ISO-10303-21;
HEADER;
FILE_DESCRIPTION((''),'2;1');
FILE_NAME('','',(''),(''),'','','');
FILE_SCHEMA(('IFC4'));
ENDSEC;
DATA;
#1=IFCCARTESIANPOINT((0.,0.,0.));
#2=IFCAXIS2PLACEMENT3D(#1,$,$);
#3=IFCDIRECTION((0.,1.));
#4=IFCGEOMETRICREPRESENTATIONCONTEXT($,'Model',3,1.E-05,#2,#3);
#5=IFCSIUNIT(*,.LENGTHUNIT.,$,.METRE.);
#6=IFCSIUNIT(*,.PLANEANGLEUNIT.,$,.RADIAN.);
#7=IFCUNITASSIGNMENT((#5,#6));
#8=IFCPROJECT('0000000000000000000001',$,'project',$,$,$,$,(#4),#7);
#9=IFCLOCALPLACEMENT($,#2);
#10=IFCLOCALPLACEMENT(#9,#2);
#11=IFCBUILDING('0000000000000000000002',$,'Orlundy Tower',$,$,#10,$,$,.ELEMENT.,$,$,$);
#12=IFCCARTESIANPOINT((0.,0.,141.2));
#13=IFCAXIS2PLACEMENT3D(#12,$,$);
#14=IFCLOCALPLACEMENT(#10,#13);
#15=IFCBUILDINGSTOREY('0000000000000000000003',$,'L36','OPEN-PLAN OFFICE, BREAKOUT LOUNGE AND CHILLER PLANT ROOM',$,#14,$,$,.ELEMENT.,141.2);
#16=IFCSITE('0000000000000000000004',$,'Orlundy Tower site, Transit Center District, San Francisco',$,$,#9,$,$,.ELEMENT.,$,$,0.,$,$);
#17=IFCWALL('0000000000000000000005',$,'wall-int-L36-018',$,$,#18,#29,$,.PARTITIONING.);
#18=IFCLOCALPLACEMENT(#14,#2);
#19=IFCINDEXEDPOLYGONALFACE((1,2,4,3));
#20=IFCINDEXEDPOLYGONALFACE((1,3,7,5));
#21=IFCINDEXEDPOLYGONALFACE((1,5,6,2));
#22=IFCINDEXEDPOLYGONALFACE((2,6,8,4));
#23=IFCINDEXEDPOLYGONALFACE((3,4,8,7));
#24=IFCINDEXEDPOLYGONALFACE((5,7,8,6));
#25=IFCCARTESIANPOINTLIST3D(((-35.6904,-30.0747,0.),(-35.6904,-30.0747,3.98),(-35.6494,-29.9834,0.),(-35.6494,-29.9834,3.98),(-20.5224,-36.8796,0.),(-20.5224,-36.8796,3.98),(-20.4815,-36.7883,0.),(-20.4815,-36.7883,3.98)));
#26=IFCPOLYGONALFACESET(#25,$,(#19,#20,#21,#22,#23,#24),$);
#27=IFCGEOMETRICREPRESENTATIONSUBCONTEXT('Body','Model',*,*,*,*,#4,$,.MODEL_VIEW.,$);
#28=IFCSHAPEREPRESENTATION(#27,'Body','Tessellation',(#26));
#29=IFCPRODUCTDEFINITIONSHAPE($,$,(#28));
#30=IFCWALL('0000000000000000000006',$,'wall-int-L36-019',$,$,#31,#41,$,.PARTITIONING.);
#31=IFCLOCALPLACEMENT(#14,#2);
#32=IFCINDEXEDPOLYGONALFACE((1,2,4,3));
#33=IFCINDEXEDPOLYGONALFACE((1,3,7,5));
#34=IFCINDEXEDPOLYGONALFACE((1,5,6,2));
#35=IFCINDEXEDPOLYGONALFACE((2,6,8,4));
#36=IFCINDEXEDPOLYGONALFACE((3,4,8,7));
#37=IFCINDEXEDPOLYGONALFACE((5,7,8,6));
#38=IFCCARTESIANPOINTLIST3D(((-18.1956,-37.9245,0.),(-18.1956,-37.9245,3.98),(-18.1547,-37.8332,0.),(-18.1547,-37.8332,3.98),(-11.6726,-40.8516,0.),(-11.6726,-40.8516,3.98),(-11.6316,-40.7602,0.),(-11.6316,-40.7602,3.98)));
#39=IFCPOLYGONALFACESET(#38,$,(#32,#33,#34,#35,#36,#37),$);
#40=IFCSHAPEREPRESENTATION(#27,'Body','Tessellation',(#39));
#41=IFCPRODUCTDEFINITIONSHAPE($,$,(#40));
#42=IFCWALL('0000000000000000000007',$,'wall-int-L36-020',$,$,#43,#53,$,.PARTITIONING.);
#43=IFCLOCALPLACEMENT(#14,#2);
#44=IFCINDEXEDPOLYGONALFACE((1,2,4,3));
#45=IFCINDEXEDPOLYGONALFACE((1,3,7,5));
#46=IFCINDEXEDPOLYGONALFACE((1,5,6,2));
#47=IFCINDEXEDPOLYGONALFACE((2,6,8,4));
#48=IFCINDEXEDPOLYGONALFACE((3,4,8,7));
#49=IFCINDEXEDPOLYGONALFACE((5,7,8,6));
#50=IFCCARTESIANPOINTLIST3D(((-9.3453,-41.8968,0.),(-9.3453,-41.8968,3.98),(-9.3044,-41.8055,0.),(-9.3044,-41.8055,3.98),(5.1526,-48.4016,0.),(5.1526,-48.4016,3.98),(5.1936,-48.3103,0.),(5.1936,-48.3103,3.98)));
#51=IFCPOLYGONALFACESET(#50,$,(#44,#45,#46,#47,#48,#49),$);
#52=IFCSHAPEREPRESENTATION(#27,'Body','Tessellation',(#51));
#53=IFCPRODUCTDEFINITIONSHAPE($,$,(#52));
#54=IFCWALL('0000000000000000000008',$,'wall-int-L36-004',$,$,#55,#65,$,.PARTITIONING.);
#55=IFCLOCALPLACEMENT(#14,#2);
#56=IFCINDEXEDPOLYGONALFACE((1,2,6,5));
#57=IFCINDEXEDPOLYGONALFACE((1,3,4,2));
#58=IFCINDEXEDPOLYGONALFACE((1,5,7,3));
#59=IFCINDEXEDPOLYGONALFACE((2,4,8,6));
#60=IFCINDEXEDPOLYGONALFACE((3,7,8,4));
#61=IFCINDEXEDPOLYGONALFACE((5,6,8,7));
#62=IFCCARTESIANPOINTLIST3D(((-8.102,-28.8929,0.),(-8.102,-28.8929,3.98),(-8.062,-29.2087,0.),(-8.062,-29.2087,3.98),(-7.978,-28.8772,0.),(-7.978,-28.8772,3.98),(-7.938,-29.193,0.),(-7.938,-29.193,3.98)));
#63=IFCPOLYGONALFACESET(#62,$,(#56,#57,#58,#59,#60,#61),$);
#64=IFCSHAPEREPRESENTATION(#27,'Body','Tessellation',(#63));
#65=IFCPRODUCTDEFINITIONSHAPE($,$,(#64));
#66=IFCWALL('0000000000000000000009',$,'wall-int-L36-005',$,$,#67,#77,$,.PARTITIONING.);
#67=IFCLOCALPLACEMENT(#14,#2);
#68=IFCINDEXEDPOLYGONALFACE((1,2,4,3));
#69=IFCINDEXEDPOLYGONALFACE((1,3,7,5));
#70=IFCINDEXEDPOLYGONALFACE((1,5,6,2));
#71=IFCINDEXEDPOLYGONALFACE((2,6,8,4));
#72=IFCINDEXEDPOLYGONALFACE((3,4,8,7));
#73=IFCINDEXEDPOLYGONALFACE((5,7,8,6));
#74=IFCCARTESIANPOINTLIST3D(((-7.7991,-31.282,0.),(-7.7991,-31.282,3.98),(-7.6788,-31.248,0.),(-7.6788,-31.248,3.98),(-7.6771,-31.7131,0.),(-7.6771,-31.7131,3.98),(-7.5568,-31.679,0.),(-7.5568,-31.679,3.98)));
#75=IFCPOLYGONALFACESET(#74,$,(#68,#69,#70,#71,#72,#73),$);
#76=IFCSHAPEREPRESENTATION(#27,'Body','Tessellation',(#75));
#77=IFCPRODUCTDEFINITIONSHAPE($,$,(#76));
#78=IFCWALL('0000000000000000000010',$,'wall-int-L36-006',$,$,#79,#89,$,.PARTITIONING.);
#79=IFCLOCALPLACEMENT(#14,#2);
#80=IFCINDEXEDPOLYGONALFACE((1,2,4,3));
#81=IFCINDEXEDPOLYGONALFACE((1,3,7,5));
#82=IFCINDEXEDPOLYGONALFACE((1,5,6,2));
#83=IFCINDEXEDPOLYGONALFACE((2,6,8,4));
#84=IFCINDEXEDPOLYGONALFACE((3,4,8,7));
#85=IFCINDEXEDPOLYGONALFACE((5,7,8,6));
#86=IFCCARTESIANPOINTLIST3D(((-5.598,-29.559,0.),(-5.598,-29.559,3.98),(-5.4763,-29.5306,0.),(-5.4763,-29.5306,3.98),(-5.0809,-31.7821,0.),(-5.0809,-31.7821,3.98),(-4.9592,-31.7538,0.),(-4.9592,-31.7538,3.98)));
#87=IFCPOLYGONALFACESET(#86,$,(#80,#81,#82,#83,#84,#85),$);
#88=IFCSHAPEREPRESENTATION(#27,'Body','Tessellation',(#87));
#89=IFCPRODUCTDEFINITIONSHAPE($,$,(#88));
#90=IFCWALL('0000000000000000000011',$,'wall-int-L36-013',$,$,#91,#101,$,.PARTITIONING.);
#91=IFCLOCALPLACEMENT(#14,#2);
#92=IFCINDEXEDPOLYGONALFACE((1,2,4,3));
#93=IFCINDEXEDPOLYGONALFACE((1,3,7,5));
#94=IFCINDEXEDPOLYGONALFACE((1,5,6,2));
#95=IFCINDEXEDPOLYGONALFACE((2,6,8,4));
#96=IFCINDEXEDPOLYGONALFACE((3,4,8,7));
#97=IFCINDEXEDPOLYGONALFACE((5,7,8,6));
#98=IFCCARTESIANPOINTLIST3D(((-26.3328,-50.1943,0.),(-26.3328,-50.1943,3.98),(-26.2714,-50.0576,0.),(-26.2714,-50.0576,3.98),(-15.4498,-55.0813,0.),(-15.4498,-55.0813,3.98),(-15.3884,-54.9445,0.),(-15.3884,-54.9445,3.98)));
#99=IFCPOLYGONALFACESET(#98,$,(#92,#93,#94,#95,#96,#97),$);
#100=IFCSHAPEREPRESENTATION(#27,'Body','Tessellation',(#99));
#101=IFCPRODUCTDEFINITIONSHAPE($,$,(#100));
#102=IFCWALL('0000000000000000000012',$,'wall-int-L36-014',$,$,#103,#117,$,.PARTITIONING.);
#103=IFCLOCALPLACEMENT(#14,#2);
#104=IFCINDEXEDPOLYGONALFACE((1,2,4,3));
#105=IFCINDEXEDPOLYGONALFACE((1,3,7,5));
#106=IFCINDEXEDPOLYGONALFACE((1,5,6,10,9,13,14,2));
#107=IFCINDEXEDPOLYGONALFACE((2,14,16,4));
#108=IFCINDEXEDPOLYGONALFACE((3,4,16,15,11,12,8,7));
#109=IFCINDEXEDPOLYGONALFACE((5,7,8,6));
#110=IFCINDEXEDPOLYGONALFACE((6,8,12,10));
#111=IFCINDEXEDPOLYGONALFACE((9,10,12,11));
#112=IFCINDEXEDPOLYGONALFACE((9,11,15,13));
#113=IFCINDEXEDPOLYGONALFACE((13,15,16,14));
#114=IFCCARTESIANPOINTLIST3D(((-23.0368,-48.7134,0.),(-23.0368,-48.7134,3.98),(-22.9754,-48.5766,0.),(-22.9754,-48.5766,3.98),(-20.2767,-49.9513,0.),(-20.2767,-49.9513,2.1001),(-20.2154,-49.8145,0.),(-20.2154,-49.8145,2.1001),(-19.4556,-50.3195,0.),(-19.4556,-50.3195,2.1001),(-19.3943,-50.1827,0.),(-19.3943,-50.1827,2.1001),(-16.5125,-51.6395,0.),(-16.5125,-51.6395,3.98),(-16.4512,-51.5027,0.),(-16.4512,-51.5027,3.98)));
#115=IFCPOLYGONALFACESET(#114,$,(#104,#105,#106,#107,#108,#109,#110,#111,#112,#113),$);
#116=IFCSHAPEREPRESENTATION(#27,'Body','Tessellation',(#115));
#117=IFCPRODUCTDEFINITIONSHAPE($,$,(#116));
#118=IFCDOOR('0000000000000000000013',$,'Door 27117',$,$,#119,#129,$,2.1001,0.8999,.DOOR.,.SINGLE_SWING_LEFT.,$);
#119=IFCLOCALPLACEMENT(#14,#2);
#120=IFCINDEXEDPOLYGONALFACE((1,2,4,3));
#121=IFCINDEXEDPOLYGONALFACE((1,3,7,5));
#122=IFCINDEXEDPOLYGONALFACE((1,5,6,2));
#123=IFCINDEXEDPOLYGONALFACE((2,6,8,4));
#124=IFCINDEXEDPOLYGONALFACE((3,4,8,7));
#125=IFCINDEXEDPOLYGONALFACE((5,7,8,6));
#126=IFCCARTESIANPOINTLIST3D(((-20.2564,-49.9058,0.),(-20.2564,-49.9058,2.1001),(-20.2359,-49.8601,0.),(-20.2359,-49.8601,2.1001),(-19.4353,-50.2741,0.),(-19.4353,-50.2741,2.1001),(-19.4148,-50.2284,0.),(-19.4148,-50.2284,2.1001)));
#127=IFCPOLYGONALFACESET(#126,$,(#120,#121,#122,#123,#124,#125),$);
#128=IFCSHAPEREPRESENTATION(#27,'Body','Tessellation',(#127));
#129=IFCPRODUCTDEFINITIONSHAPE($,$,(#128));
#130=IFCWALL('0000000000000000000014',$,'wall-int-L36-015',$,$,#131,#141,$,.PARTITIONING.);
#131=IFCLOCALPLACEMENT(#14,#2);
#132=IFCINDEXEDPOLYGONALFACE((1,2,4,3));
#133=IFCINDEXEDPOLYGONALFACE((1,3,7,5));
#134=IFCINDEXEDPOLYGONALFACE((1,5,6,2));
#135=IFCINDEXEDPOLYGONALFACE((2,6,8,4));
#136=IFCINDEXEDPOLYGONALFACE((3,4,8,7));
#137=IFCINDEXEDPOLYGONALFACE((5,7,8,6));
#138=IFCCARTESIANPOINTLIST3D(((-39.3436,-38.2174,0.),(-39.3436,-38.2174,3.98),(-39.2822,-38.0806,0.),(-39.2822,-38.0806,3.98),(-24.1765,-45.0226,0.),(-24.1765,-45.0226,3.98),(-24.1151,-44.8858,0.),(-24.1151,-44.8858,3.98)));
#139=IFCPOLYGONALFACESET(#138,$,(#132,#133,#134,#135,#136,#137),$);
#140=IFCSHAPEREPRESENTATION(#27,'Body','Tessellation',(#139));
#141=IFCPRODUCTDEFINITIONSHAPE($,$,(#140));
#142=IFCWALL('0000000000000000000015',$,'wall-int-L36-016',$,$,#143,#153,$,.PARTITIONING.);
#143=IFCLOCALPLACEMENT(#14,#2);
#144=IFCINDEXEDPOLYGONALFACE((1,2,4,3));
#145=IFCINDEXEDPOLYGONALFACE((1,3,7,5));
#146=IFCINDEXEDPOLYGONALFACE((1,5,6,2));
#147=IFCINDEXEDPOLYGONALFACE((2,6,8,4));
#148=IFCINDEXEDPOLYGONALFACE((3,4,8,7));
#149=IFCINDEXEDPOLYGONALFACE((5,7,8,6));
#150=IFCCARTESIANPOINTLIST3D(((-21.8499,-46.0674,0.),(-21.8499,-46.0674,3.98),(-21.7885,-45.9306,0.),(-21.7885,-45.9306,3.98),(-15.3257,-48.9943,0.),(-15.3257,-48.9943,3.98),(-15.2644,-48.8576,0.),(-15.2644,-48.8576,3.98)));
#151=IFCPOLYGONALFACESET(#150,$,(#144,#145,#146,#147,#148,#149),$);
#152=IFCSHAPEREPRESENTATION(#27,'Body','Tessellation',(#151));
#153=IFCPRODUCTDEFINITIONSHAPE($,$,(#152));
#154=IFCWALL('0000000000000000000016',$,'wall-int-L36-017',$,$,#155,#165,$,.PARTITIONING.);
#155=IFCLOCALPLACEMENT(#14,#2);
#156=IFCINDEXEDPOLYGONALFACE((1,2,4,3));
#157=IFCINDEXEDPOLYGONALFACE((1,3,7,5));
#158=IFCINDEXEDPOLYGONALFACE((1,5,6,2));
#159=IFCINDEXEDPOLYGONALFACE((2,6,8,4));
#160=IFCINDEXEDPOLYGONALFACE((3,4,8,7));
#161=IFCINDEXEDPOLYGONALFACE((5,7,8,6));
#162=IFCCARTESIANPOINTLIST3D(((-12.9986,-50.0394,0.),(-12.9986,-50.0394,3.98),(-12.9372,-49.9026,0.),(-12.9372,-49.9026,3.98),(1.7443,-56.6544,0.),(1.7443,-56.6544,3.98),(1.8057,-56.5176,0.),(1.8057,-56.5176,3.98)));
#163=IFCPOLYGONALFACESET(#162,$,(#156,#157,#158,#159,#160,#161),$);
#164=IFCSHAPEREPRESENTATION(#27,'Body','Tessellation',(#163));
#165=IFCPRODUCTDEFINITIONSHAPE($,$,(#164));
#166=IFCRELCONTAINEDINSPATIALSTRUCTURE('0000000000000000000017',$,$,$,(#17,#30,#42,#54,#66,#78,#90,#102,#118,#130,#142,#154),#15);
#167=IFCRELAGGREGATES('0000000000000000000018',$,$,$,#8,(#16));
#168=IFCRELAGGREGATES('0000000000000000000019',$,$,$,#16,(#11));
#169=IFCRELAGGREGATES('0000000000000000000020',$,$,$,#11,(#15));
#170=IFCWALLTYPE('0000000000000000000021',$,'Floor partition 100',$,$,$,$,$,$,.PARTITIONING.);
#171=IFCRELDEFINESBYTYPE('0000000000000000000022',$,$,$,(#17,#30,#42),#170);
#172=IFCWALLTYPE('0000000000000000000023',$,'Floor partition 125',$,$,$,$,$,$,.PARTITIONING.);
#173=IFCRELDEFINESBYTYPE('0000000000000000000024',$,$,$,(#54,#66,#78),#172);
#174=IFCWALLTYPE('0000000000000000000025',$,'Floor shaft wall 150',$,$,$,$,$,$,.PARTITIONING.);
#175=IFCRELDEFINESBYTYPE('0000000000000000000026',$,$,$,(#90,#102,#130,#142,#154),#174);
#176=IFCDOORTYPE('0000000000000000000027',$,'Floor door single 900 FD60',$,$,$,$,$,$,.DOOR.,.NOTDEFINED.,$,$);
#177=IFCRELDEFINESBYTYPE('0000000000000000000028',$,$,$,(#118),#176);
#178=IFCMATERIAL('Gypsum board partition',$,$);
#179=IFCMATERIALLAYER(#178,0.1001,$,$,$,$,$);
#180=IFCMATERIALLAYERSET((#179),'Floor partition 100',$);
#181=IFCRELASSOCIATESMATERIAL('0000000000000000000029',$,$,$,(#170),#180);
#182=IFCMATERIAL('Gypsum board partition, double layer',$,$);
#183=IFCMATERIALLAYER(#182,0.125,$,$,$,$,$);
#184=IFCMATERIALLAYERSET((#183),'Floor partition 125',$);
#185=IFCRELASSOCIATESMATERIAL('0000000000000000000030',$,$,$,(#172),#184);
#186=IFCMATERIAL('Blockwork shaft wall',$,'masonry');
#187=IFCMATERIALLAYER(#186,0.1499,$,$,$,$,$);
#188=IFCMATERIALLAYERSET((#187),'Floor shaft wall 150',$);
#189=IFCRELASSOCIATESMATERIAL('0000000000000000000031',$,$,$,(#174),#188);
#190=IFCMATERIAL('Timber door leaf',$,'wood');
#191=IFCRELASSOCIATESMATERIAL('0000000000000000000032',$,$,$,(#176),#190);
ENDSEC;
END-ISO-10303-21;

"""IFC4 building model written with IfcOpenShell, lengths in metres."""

from ifc_helpers import new_model, si_unit, direction, frame, frame_2d, origin, place, context, subcontext, project, spatial, rectangle, extrude, material, layer, layer_set, type_object, element, fill, save


model = new_model("IFC4")

# Units and contexts
model_context = context("Model", 3, precision=1e-05, world=origin(), true_north=direction((0.0, 1.0)))
body_context = subcontext(model_context, "Body", "Model", "MODEL_VIEW")
ifc_project = project(units=[si_unit("LENGTHUNIT", "METRE"), si_unit("PLANEANGLEUNIT", "RADIAN")], contexts=[model_context])

# Site, building, storey
site_placement = place(None, origin())
site = spatial("IfcSite", under=ifc_project, at=site_placement, Name="Orlundy Tower site, Transit Center District, San Francisco", CompositionType="ELEMENT", RefElevation=0.0)
building_placement = place(site_placement, origin())
building = spatial("IfcBuilding", under=site, at=building_placement, Name="Orlundy Tower", CompositionType="ELEMENT")
storey_placement = place(building_placement, frame((0.0, 0.0, 141.2)))
storey = spatial("IfcBuildingStorey", under=building, at=storey_placement, Name="L36", Description="OPEN-PLAN OFFICE, BREAKOUT LOUNGE AND CHILLER PLANT ROOM", CompositionType="ELEMENT", Elevation=141.2)

# Walls
ifc_material_1 = material(Name="Gypsum board partition")
ifc_layer_1 = layer(ifc_material_1, 0.1001)
ifc_layer_set_1 = layer_set([ifc_layer_1], Name="Floor partition 100")
wall_type_1 = type_object("IfcWallType", Name="Floor partition 100", PredefinedType="PARTITIONING", material=ifc_layer_set_1)
wall_1_placement = place(storey_placement, frame((-35.6699, -30.0291, 0.0), z_axis=(0.0, 0.0, 1.0), x_axis=(0.912386, -0.409331, 0.0)))
element("IfcWall", 1, at=wall_1_placement, inside=storey, type_object=wall_type_1, Name="wall-int-L36-018", PredefinedType="PARTITIONING", context=body_context, shape_type="SweptSolid", body=[
    extrude(rectangle(XDim=16.6245, YDim=0.1001, at=frame_2d((8.3123, 0.0))), origin(), (0.0, 0.0, 1.0), 3.98),
])
wall_2_placement = place(storey_placement, frame((-18.175, -37.8789, 0.0), z_axis=(0.0, 0.0, 1.0), x_axis=(0.912357, -0.409396, 0.0)))
element("IfcWall", 2, at=wall_2_placement, inside=storey, type_object=wall_type_1, Name="wall-int-L36-019", PredefinedType="PARTITIONING", context=body_context, shape_type="SweptSolid", body=[
    extrude(rectangle(XDim=7.1497, YDim=0.1001, at=frame_2d((3.5747, 0.0))), origin(), (0.0, 0.0, 1.0), 3.98),
])
wall_3_placement = place(storey_placement, frame((-9.325, -41.8511, 0.0), z_axis=(0.0, 0.0, 1.0), x_axis=(0.912374, -0.409358, 0.0)))
element("IfcWall", 3, at=wall_3_placement, inside=storey, type_object=wall_type_1, Name="wall-int-L36-020", PredefinedType="PARTITIONING", context=body_context, shape_type="SweptSolid", body=[
    extrude(rectangle(XDim=15.8904, YDim=0.1001, at=frame_2d((7.9453, 0.0))), origin(), (0.0, 0.0, 1.0), 3.98),
])
ifc_material_2 = material(Name="Gypsum board partition, double layer")
ifc_layer_2 = layer(ifc_material_2, 0.125)
ifc_layer_set_2 = layer_set([ifc_layer_2], Name="Floor partition 125")
wall_type_2 = type_object("IfcWallType", Name="Floor partition 125", PredefinedType="PARTITIONING", material=ifc_layer_set_2)
wall_4_placement = place(storey_placement, frame((-8.04, -28.885, 0.0), z_axis=(0.0, 0.0, 1.0), x_axis=(0.125733, -0.992064, 0.0)))
element("IfcWall", 4, at=wall_4_placement, inside=storey, type_object=wall_type_2, Name="wall-int-L36-004", PredefinedType="PARTITIONING", context=body_context, shape_type="SweptSolid", body=[
    extrude(rectangle(XDim=0.3184, YDim=0.125, at=frame_2d((0.1592, 0.0))), origin(), (0.0, 0.0, 1.0), 3.98),
])
wall_5_placement = place(storey_placement, frame((-7.739, -31.2649, 0.0), z_axis=(0.0, 0.0, 1.0), x_axis=(0.272418, -0.962179, 0.0)))
element("IfcWall", 5, at=wall_5_placement, inside=storey, type_object=wall_type_2, Name="wall-int-L36-005", PredefinedType="PARTITIONING", context=body_context, shape_type="SweptSolid", body=[
    extrude(rectangle(XDim=0.448, YDim=0.125, at=frame_2d((0.2241, 0.0))), origin(), (0.0, 0.0, 1.0), 3.98),
])
wall_6_placement = place(storey_placement, frame((-5.5371, -29.5449, 0.0), z_axis=(0.0, 0.0, 1.0), x_axis=(0.226547, -0.974, 0.0)))
element("IfcWall", 6, at=wall_6_placement, inside=storey, type_object=wall_type_2, Name="wall-int-L36-006", PredefinedType="PARTITIONING", context=body_context, shape_type="SweptSolid", body=[
    extrude(rectangle(XDim=2.2825, YDim=0.125, at=frame_2d((1.1411, 0.0))), origin(), (0.0, 0.0, 1.0), 3.98),
])
ifc_material_3 = material(Name="Blockwork shaft wall", Category="masonry")
ifc_layer_3 = layer(ifc_material_3, 0.1499)
ifc_layer_set_3 = layer_set([ifc_layer_3], Name="Floor shaft wall 150")
wall_type_3 = type_object("IfcWallType", Name="Floor shaft wall 150", PredefinedType="PARTITIONING", material=ifc_layer_set_3)
wall_7_placement = place(storey_placement, frame((-26.302, -50.126, 0.0), z_axis=(0.0, 0.0, 1.0), x_axis=(0.912248, -0.409639, 0.0)))
element("IfcWall", 7, at=wall_7_placement, inside=storey, type_object=wall_type_3, Name="wall-int-L36-013", PredefinedType="PARTITIONING", context=body_context, shape_type="SweptSolid", body=[
    extrude(rectangle(XDim=11.9299, YDim=0.1499, at=frame_2d((5.9648, 0.0))), origin(), (0.0, 0.0, 1.0), 3.98),
])

# Wall, opening, door
wall_8_placement = place(storey_placement, frame((-23.0061, -48.645, 0.0), z_axis=(0.0, 0.0, 1.0), x_axis=(0.912436, -0.409219, 0.0)))
wall_8 = element("IfcWall", 8, at=wall_8_placement, inside=storey, type_object=wall_type_3, Name="wall-int-L36-014", PredefinedType="PARTITIONING", context=body_context, shape_type="SweptSolid", body=[
    extrude(rectangle(XDim=7.1504, YDim=0.1499, at=frame_2d((3.5752, 0.0))), origin(), (0.0, 0.0, 1.0), 3.98),
])
opening_1_placement = place(wall_8_placement, frame((3.0249, 0.0, 0.0)))
opening_1 = element("IfcOpeningElement", 9, at=opening_1_placement, cuts=wall_8, PredefinedType="OPENING", context=body_context, shape_type="SweptSolid", body=[
    extrude(rectangle(XDim=0.8999, YDim=2.1001, at=frame_2d((0.45, 1.05))), frame((0.0, 0.085, 0.0), z_axis=(0.0, -1.0, 0.0), x_axis=(1.0, 0.0, 0.0)), (0.0, 0.0, 1.0), 0.1699),
])
ifc_material_4 = material(Name="Timber door leaf", Category="wood")
door_type_1 = type_object("IfcDoorType", Name="Floor door single 900 FD60", OperationType="NOTDEFINED", PredefinedType="DOOR", material=ifc_material_4)
door_1_placement = place(opening_1_placement, origin())
door_1 = element("IfcDoor", 10, at=door_1_placement, inside=storey, type_object=door_type_1, Name="Door 27117", OperationType="SINGLE_SWING_LEFT", OverallHeight=2.1001, OverallWidth=0.8999, PredefinedType="DOOR", context=body_context, shape_type="SweptSolid", body=[
    extrude(rectangle(XDim=0.8999, YDim=2.1001, at=frame_2d((0.45, 1.05))), frame((0.0, 0.0249, 0.0), z_axis=(0.0, -1.0, 0.0), x_axis=(1.0, 0.0, 0.0)), (0.0, 0.0, 1.0), 0.05),
])
fill(opening_1, door_1)

# Walls
wall_9_placement = place(storey_placement, frame((-39.313, -38.1489, 0.0), z_axis=(0.0, 0.0, 1.0), x_axis=(0.912371, -0.409365, 0.0)))
element("IfcWall", 11, at=wall_9_placement, inside=storey, type_object=wall_type_3, Name="wall-int-L36-015", PredefinedType="PARTITIONING", context=body_context, shape_type="SweptSolid", body=[
    extrude(rectangle(XDim=16.6238, YDim=0.1499, at=frame_2d((8.312, 0.0))), origin(), (0.0, 0.0, 1.0), 3.98),
])
wall_10_placement = place(storey_placement, frame((-21.8191, -45.999, 0.0), z_axis=(0.0, 0.0, 1.0), x_axis=(0.912385, -0.409332, 0.0)))
element("IfcWall", 12, at=wall_10_placement, inside=storey, type_object=wall_type_3, Name="wall-int-L36-016", PredefinedType="PARTITIONING", context=body_context, shape_type="SweptSolid", body=[
    extrude(rectangle(XDim=7.1506, YDim=0.1499, at=frame_2d((3.5752, 0.0))), origin(), (0.0, 0.0, 1.0), 3.98),
])
wall_11_placement = place(storey_placement, frame((-12.968, -49.9709, 0.0), z_axis=(0.0, 0.0, 1.0), x_axis=(0.912368, -0.40937, 0.0)))
element("IfcWall", 13, at=wall_11_placement, inside=storey, type_object=wall_type_3, Name="wall-int-L36-017", PredefinedType="PARTITIONING", context=body_context, shape_type="SweptSolid", body=[
    extrude(rectangle(XDim=16.1589, YDim=0.1499, at=frame_2d((8.0796, 0.0))), origin(), (0.0, 0.0, 1.0), 3.98),
])

save(model, "model.ifc")
